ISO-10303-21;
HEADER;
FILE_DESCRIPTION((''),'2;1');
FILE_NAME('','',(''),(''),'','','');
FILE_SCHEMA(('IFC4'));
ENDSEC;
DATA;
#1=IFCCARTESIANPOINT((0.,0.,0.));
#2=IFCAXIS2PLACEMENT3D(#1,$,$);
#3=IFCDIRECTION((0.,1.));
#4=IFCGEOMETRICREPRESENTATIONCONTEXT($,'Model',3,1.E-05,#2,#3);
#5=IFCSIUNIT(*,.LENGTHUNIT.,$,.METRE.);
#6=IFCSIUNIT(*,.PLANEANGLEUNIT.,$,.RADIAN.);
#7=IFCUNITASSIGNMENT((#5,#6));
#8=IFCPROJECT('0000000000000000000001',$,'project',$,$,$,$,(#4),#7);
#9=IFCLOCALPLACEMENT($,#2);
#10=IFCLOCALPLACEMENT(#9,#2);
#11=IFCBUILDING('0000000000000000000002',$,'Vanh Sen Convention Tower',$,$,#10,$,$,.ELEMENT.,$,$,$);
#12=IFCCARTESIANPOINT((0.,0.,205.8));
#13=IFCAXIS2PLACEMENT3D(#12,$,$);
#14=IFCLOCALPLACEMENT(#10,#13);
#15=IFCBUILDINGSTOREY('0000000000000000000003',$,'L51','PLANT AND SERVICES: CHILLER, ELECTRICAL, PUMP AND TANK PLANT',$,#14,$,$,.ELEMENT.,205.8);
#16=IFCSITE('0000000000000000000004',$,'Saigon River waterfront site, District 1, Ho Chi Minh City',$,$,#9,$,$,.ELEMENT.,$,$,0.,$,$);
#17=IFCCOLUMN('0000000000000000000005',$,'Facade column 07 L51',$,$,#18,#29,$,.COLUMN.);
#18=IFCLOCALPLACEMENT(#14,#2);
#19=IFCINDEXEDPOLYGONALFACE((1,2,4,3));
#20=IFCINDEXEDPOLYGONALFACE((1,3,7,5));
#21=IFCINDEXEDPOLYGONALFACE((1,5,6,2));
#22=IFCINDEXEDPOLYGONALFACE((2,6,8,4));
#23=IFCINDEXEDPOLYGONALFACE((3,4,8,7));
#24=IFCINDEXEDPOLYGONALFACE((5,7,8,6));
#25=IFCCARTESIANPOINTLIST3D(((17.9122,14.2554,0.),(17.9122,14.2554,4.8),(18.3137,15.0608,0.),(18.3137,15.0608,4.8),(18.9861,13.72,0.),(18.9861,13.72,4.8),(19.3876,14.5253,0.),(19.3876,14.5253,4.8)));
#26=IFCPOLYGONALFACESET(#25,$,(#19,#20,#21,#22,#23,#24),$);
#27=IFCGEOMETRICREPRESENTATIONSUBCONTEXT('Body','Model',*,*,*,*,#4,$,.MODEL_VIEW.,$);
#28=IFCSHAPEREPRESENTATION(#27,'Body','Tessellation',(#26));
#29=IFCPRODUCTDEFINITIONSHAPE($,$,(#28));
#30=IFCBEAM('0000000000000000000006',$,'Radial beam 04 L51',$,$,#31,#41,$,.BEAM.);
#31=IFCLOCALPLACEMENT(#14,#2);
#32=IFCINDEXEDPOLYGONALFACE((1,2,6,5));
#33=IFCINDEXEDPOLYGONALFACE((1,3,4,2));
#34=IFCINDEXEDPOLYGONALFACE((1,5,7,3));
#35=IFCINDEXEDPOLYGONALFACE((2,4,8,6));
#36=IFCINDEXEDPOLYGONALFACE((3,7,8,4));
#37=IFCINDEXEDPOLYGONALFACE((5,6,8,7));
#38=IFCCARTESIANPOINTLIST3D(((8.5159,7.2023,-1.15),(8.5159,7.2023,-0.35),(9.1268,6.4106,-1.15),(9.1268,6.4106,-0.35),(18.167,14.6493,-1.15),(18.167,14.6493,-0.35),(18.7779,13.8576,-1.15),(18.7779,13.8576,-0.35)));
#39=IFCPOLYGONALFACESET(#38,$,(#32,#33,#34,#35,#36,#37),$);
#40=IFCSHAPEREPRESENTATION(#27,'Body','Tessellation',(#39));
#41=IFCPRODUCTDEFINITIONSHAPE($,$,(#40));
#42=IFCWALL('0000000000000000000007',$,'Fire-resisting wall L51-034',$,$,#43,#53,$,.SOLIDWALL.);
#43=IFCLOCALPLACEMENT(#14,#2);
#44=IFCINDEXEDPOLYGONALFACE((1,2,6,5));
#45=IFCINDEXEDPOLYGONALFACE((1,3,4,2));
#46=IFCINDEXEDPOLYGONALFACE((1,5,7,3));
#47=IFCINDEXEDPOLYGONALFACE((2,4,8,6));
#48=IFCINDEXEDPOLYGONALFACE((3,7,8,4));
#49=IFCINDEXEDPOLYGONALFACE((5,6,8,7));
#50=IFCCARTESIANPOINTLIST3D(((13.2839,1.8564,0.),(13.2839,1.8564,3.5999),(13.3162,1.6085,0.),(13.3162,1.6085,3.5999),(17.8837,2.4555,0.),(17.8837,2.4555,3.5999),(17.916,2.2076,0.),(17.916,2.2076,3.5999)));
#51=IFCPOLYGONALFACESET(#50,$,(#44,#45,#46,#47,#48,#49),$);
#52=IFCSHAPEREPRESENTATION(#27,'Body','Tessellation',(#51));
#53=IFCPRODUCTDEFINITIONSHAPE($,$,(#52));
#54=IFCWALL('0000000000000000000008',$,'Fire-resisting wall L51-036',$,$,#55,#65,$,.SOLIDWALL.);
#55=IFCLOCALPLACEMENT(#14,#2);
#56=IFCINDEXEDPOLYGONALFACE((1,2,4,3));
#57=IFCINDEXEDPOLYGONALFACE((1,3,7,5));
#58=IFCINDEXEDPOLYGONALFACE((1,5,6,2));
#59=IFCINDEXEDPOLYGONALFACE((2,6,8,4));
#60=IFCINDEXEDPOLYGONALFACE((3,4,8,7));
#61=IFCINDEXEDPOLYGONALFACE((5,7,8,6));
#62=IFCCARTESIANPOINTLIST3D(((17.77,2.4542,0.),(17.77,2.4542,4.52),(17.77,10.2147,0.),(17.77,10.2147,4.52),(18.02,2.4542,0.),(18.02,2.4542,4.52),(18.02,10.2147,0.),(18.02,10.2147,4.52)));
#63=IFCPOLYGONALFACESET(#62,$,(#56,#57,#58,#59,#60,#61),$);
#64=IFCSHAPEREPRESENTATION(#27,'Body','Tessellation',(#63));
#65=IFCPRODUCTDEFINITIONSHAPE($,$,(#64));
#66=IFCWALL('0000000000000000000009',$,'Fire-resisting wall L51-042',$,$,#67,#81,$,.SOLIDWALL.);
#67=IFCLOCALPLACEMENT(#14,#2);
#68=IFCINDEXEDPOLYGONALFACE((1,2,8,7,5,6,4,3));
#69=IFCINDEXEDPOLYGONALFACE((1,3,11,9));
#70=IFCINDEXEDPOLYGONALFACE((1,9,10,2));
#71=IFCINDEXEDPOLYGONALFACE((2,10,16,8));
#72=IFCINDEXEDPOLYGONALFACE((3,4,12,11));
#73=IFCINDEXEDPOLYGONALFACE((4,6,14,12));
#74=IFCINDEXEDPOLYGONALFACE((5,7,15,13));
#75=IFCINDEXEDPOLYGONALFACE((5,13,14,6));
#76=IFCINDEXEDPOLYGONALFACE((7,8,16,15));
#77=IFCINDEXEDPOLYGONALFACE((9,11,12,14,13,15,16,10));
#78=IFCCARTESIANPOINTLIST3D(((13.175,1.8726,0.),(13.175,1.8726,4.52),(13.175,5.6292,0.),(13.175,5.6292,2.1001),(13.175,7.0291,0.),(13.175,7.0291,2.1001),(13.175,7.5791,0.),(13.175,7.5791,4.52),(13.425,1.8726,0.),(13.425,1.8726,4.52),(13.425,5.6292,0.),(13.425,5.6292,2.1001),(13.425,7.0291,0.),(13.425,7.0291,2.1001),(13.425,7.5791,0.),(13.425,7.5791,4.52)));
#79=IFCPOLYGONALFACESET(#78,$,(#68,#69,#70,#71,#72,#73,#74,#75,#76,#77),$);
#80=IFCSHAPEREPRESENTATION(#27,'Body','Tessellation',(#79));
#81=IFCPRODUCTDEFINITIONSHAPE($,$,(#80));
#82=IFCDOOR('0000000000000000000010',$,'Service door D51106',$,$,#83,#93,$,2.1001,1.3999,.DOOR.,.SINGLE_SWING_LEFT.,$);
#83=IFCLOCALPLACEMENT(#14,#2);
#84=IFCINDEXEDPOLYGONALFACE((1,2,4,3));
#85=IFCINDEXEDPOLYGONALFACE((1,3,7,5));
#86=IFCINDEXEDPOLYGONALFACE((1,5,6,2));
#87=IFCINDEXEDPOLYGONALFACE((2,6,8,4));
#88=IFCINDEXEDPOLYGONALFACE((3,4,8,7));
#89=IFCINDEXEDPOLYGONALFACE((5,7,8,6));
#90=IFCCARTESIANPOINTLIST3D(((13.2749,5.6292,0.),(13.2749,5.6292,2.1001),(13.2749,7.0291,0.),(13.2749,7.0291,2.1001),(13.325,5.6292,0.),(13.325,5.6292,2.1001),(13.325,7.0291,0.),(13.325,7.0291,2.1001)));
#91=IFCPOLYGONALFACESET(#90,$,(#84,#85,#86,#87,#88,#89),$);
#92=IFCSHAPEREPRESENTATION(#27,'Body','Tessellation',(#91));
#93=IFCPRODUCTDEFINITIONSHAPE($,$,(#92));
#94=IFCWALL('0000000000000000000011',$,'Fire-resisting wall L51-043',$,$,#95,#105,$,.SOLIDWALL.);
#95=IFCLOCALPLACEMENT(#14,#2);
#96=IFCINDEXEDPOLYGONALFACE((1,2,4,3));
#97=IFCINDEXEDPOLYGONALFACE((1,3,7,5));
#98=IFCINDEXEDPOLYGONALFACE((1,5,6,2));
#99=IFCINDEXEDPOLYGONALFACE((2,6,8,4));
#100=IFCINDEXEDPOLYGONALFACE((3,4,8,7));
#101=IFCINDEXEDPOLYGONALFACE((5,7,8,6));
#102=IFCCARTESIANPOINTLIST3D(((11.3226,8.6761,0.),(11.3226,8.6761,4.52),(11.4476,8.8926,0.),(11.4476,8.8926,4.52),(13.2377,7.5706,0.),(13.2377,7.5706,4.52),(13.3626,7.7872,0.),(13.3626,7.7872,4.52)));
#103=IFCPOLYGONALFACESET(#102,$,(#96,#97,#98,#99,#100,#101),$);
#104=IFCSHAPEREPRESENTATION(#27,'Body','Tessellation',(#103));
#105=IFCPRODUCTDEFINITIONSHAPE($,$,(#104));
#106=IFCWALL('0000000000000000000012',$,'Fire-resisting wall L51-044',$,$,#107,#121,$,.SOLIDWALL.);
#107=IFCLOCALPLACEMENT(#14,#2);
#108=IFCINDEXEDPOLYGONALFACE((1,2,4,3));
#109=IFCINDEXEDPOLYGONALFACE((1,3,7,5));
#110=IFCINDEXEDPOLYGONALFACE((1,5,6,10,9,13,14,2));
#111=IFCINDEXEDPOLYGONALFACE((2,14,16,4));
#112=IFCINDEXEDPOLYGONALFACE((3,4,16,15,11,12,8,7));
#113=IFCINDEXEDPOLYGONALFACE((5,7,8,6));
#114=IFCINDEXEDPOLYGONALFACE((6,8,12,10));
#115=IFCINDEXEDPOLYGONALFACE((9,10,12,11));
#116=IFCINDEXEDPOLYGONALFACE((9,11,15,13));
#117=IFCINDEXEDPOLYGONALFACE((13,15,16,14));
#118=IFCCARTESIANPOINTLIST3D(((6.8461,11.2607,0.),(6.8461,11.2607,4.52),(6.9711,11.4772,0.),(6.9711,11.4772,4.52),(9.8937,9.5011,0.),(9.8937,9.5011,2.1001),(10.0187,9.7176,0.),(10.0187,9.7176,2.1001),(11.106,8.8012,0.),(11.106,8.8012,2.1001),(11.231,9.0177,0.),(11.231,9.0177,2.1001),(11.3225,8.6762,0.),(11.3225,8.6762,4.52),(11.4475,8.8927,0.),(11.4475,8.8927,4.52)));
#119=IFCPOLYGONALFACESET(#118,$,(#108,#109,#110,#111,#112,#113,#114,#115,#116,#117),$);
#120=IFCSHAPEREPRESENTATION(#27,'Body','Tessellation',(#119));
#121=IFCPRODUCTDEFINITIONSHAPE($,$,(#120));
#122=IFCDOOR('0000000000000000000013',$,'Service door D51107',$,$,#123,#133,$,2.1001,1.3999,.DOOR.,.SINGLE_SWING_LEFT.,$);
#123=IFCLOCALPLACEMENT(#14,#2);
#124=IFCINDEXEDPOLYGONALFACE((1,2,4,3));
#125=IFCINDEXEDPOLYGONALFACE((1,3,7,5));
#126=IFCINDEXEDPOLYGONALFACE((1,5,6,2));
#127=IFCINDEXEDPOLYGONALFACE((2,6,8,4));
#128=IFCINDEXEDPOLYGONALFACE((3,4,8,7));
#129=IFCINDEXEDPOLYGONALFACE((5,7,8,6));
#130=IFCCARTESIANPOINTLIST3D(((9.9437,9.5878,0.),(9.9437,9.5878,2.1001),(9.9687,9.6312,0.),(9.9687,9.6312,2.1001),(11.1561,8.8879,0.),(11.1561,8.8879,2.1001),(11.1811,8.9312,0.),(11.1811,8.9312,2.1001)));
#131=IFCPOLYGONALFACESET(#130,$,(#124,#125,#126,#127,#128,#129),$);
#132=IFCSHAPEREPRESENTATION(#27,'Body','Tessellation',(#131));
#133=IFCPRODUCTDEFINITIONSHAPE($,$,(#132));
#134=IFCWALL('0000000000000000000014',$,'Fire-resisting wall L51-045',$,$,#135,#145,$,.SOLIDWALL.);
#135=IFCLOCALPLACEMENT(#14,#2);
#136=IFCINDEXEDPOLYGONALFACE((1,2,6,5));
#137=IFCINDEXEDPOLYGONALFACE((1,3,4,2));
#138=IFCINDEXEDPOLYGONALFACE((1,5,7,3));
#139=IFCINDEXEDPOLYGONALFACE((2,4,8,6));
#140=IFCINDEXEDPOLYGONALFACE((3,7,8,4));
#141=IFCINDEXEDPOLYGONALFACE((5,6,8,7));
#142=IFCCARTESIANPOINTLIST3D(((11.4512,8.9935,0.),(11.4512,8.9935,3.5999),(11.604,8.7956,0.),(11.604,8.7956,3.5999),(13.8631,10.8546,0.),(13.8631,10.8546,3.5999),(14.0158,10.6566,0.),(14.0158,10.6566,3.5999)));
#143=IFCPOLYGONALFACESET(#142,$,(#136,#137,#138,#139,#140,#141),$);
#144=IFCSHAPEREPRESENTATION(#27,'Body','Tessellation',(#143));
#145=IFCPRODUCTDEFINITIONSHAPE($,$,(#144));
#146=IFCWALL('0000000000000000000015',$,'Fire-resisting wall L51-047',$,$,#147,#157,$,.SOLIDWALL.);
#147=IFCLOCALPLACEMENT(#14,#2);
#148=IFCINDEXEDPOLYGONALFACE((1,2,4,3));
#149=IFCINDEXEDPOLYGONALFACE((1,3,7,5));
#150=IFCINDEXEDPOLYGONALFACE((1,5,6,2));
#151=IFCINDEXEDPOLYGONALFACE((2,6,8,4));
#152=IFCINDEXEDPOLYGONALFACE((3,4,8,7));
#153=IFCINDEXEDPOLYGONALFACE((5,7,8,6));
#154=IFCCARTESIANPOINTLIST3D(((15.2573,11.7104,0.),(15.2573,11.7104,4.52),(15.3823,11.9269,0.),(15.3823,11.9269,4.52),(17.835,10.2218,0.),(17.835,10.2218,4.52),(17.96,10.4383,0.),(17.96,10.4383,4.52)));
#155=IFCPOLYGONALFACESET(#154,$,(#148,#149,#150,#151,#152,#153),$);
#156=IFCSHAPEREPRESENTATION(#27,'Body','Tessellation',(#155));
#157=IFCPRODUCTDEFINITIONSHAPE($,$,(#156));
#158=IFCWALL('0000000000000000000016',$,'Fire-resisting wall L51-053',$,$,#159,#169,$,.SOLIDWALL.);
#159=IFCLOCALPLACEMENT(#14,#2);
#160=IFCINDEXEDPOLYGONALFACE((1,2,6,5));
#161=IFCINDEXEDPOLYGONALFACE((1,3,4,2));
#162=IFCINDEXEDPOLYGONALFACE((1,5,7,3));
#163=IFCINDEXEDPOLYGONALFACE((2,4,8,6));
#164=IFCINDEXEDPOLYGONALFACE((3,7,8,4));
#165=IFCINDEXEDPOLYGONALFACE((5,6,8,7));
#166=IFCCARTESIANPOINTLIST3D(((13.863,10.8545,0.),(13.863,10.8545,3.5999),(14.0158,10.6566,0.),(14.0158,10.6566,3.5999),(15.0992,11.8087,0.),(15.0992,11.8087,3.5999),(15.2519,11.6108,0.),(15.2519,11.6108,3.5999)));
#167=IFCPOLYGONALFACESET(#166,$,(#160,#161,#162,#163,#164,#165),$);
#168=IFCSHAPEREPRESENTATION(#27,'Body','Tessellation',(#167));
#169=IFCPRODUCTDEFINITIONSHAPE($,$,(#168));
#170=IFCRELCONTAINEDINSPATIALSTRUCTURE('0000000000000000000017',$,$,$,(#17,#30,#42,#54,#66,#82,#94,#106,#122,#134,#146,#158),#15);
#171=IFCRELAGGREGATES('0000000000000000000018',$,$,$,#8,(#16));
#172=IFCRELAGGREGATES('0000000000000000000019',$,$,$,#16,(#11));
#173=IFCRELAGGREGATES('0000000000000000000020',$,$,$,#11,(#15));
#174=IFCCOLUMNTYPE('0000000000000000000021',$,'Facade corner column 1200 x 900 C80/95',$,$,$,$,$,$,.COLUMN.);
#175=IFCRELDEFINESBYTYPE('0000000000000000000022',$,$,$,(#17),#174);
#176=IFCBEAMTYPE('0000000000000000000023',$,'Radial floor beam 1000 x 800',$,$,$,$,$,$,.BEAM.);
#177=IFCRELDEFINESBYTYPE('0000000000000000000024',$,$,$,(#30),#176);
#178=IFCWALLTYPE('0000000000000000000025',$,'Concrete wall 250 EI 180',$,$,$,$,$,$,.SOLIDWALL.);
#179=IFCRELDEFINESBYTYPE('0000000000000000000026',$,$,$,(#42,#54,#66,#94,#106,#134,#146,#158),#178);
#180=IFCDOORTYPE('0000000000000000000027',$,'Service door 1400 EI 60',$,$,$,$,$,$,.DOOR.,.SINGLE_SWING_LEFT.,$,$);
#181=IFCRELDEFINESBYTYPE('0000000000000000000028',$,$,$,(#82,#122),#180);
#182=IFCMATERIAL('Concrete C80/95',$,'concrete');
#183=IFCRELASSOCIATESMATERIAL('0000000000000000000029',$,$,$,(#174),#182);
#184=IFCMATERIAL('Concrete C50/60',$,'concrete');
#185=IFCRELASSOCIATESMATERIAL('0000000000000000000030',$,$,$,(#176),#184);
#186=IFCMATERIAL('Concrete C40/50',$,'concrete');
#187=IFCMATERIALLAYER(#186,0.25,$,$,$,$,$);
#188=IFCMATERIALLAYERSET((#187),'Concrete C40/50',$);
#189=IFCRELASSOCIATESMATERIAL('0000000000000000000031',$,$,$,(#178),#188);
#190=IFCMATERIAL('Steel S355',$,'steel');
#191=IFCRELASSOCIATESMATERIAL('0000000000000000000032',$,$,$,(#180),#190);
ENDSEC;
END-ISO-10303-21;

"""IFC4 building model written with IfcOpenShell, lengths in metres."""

from ifc_helpers import new_model, si_unit, direction, frame, frame_2d, origin, origin_2d, place, context, subcontext, project, spatial, rectangle, extrude, material, layer, layer_set, material_profile, profile_set, type_object, element, fill, save


model = new_model("IFC4")

# Units and contexts
model_context = context("Model", 3, precision=1e-05, world=origin(), true_north=direction((0.0, 1.0)))
body_context = subcontext(model_context, "Body", "Model", "MODEL_VIEW")
ifc_project = project(units=[si_unit("LENGTHUNIT", "METRE"), si_unit("PLANEANGLEUNIT", "RADIAN")], contexts=[model_context])

# Site, building, storey
site_placement = place(None, origin())
site = spatial("IfcSite", under=ifc_project, at=site_placement, Name="Saigon River waterfront site, District 1, Ho Chi Minh City", CompositionType="ELEMENT", RefElevation=0.0)
building_placement = place(site_placement, origin())
building = spatial("IfcBuilding", under=site, at=building_placement, Name="Vanh Sen Convention Tower", CompositionType="ELEMENT")
storey_placement = place(building_placement, frame((0.0, 0.0, 205.8)))
storey = spatial("IfcBuildingStorey", under=building, at=storey_placement, Name="L51", Description="PLANT AND SERVICES: CHILLER, ELECTRICAL, PUMP AND TANK PLANT", CompositionType="ELEMENT", Elevation=205.8)

# Column
ifc_material_1 = material(Name="Concrete C80/95", Category="concrete")
ifc_material_profile_1 = material_profile(ifc_material_1, rectangle(XDim=1.2, YDim=0.8999, at=origin_2d()), Name="RC 1200X900")
ifc_profile_set_1 = profile_set([ifc_material_profile_1], Name="Concrete C80/95")
column_type = type_object("IfcColumnType", Name="Facade corner column 1200 x 900 C80/95", PredefinedType="COLUMN", material=ifc_profile_set_1)
column_placement = place(storey_placement, frame((18.6499, 14.3904, 0.0), z_axis=(0.0, 0.0, 1.0), x_axis=(-0.894934, 0.446198, 0.0)))
element("IfcColumn", 1, at=column_placement, inside=storey, type_object=column_type, Name="Facade column 07 L51", PredefinedType="COLUMN", context=body_context, shape_type="SweptSolid", body=[
    extrude(rectangle(XDim=1.2, YDim=0.8999, at=origin_2d()), origin(), (0.0, 0.0, 1.0), 4.8),
])

# Beam
ifc_material_2 = material(Name="Concrete C50/60", Category="concrete")
ifc_material_profile_2 = material_profile(ifc_material_2, rectangle(XDim=1.0, YDim=0.8, at=origin_2d()), Name="RC 1000X800")
ifc_profile_set_2 = profile_set([ifc_material_profile_2], Name="Concrete C50/60")
beam_type = type_object("IfcBeamType", Name="Radial floor beam 1000 x 800", PredefinedType="BEAM", material=ifc_profile_set_2)
beam_placement = place(storey_placement, frame((18.4724, 14.2534, -0.75), z_axis=(-0.791708, -0.6109, 0.0), x_axis=(0.6109, -0.791708, 0.0)))
element("IfcBeam", 2, at=beam_placement, inside=storey, type_object=beam_type, Name="Radial beam 04 L51", PredefinedType="BEAM", context=body_context, shape_type="SweptSolid", body=[
    extrude(rectangle(XDim=1.0, YDim=0.8, at=origin_2d()), origin(), (0.0, 0.0, 1.0), 12.1902),
])

# Walls
ifc_material_3 = material(Name="Concrete C40/50", Category="concrete")
ifc_layer_1 = layer(ifc_material_3, 0.25)
ifc_layer_set_1 = layer_set([ifc_layer_1], Name="Concrete C40/50")
wall_type_1 = type_object("IfcWallType", Name="Concrete wall 250 EI 180", PredefinedType="SOLIDWALL", material=ifc_layer_set_1)
wall_1_placement = place(storey_placement, frame((13.3, 1.7324, 0.0), z_axis=(0.0, 0.0, 1.0), x_axis=(0.991624, 0.129157, 0.0)))
element("IfcWall", 3, at=wall_1_placement, inside=storey, type_object=wall_type_1, Name="Fire-resisting wall L51-034", PredefinedType="SOLIDWALL", context=body_context, shape_type="SweptSolid", body=[
    extrude(rectangle(XDim=4.6387, YDim=0.25, at=frame_2d((2.3193, 0.0))), origin(), (0.0, 0.0, 1.0), 3.5999),
])
wall_2_placement = place(storey_placement, frame((17.895, 2.4541, 0.0), z_axis=(0.0, 0.0, 1.0), x_axis=(0.0, 1.0, 0.0)))
element("IfcWall", 4, at=wall_2_placement, inside=storey, type_object=wall_type_1, Name="Fire-resisting wall L51-036", PredefinedType="SOLIDWALL", context=body_context, shape_type="SweptSolid", body=[
    extrude(rectangle(XDim=7.7605, YDim=0.25, at=frame_2d((3.8804, 0.0))), origin(), (0.0, 0.0, 1.0), 4.52),
])

# Wall, opening, door
wall_3_placement = place(storey_placement, frame((13.3, 7.5791, 0.0), z_axis=(0.0, 0.0, 1.0), x_axis=(0.0, -1.0, 0.0)))
wall_3 = element("IfcWall", 5, at=wall_3_placement, inside=storey, type_object=wall_type_1, Name="Fire-resisting wall L51-042", PredefinedType="SOLIDWALL", context=body_context, shape_type="SweptSolid", body=[
    extrude(rectangle(XDim=5.7065, YDim=0.25, at=frame_2d((2.8533, 0.0))), origin(), (0.0, 0.0, 1.0), 4.52),
])
opening_1_placement = place(wall_3_placement, frame((0.55, 0.0, 0.0)))
opening_1 = element("IfcOpeningElement", 6, at=opening_1_placement, cuts=wall_3, PredefinedType="OPENING", context=body_context, shape_type="SweptSolid", body=[
    extrude(rectangle(XDim=1.3999, YDim=2.1001, at=frame_2d((0.7, 1.05))), frame((0.0, 0.135, 0.0), z_axis=(0.0, -1.0, 0.0), x_axis=(1.0, 0.0, 0.0)), (0.0, 0.0, 1.0), 0.27),
])
ifc_material_4 = material(Name="Steel S355", Category="steel")
door_type_1 = type_object("IfcDoorType", Name="Service door 1400 EI 60", OperationType="SINGLE_SWING_LEFT", PredefinedType="DOOR", material=ifc_material_4)
door_1_placement = place(opening_1_placement, origin())
door_1 = element("IfcDoor", 7, at=door_1_placement, inside=storey, type_object=door_type_1, Name="Service door D51106", OperationType="SINGLE_SWING_LEFT", OverallHeight=2.1001, OverallWidth=1.3999, PredefinedType="DOOR", context=body_context, shape_type="SweptSolid", body=[
    extrude(rectangle(XDim=1.3999, YDim=2.1001, at=frame_2d((0.7, 1.05))), frame((0.0, 0.0249, 0.0), z_axis=(0.0, -1.0, 0.0), x_axis=(1.0, 0.0, 0.0)), (0.0, 0.0, 1.0), 0.05),
])
fill(opening_1, door_1)

# Wall
wall_4_placement = place(storey_placement, frame((13.3, 7.679, 0.0), z_axis=(0.0, 0.0, 1.0), x_axis=(-0.866061, 0.499939, 0.0)))
element("IfcWall", 8, at=wall_4_placement, inside=storey, type_object=wall_type_1, Name="Fire-resisting wall L51-043", PredefinedType="SOLIDWALL", context=body_context, shape_type="SweptSolid", body=[
    extrude(rectangle(XDim=2.2112, YDim=0.25, at=frame_2d((1.1055, 0.0))), origin(), (0.0, 0.0, 1.0), 4.52),
])

# Wall, opening, door
wall_5_placement = place(storey_placement, frame((11.385, 8.7844, 0.0), z_axis=(0.0, 0.0, 1.0), x_axis=(-0.86602, 0.50001, 0.0)))
wall_5 = element("IfcWall", 9, at=wall_5_placement, inside=storey, type_object=wall_type_1, Name="Fire-resisting wall L51-044", PredefinedType="SOLIDWALL", context=body_context, shape_type="SweptSolid", body=[
    extrude(rectangle(XDim=5.1689, YDim=0.25, at=frame_2d((2.5845, 0.0))), origin(), (0.0, 0.0, 1.0), 4.52),
])
opening_2_placement = place(wall_5_placement, frame((0.25, 0.0, 0.0)))
opening_2 = element("IfcOpeningElement", 10, at=opening_2_placement, cuts=wall_5, PredefinedType="OPENING", context=body_context, shape_type="SweptSolid", body=[
    extrude(rectangle(XDim=1.3999, YDim=2.1001, at=frame_2d((0.7, 1.05))), frame((0.0, 0.135, 0.0), z_axis=(0.0, -1.0, 0.0), x_axis=(1.0, 0.0, 0.0)), (0.0, 0.0, 1.0), 0.27),
])
door_2_placement = place(opening_2_placement, origin())
door_2 = element("IfcDoor", 11, at=door_2_placement, inside=storey, type_object=door_type_1, Name="Service door D51107", OperationType="SINGLE_SWING_LEFT", OverallHeight=2.1001, OverallWidth=1.3999, PredefinedType="DOOR", context=body_context, shape_type="SweptSolid", body=[
    extrude(rectangle(XDim=1.3999, YDim=2.1001, at=frame_2d((0.7, 1.05))), frame((0.0, 0.0249, 0.0), z_axis=(0.0, -1.0, 0.0), x_axis=(1.0, 0.0, 0.0)), (0.0, 0.0, 1.0), 0.05),
])
fill(opening_2, door_2)

# Walls
wall_6_placement = place(storey_placement, frame((11.5276, 8.8945, 0.0), z_axis=(0.0, 0.0, 1.0), x_axis=(0.791703, 0.610907, 0.0)))
element("IfcWall", 12, at=wall_6_placement, inside=storey, type_object=wall_type_1, Name="Fire-resisting wall L51-045", PredefinedType="SOLIDWALL", context=body_context, shape_type="SweptSolid", body=[
    extrude(rectangle(XDim=3.0464, YDim=0.25, at=frame_2d((1.5232, 0.0))), origin(), (0.0, 0.0, 1.0), 3.5999),
])
wall_7_placement = place(storey_placement, frame((17.8975, 10.3301, 0.0), z_axis=(0.0, 0.0, 1.0), x_axis=(-0.865978, 0.500082, 0.0)))
element("IfcWall", 13, at=wall_7_placement, inside=storey, type_object=wall_type_1, Name="Fire-resisting wall L51-047", PredefinedType="SOLIDWALL", context=body_context, shape_type="SweptSolid", body=[
    extrude(rectangle(XDim=2.9766, YDim=0.25, at=frame_2d((1.4883, 0.0))), origin(), (0.0, 0.0, 1.0), 4.52),
])
wall_8_placement = place(storey_placement, frame((15.1755, 11.7097, 0.0), z_axis=(0.0, 0.0, 1.0), x_axis=(-0.791612, -0.611025, 0.0)))
element("IfcWall", 14, at=wall_8_placement, inside=storey, type_object=wall_type_1, Name="Fire-resisting wall L51-053", PredefinedType="SOLIDWALL", context=body_context, shape_type="SweptSolid", body=[
    extrude(rectangle(XDim=1.5615, YDim=0.25, at=frame_2d((0.7808, 0.0))), origin(), (0.0, 0.0, 1.0), 3.5999),
])

save(model, "model.ifc")
